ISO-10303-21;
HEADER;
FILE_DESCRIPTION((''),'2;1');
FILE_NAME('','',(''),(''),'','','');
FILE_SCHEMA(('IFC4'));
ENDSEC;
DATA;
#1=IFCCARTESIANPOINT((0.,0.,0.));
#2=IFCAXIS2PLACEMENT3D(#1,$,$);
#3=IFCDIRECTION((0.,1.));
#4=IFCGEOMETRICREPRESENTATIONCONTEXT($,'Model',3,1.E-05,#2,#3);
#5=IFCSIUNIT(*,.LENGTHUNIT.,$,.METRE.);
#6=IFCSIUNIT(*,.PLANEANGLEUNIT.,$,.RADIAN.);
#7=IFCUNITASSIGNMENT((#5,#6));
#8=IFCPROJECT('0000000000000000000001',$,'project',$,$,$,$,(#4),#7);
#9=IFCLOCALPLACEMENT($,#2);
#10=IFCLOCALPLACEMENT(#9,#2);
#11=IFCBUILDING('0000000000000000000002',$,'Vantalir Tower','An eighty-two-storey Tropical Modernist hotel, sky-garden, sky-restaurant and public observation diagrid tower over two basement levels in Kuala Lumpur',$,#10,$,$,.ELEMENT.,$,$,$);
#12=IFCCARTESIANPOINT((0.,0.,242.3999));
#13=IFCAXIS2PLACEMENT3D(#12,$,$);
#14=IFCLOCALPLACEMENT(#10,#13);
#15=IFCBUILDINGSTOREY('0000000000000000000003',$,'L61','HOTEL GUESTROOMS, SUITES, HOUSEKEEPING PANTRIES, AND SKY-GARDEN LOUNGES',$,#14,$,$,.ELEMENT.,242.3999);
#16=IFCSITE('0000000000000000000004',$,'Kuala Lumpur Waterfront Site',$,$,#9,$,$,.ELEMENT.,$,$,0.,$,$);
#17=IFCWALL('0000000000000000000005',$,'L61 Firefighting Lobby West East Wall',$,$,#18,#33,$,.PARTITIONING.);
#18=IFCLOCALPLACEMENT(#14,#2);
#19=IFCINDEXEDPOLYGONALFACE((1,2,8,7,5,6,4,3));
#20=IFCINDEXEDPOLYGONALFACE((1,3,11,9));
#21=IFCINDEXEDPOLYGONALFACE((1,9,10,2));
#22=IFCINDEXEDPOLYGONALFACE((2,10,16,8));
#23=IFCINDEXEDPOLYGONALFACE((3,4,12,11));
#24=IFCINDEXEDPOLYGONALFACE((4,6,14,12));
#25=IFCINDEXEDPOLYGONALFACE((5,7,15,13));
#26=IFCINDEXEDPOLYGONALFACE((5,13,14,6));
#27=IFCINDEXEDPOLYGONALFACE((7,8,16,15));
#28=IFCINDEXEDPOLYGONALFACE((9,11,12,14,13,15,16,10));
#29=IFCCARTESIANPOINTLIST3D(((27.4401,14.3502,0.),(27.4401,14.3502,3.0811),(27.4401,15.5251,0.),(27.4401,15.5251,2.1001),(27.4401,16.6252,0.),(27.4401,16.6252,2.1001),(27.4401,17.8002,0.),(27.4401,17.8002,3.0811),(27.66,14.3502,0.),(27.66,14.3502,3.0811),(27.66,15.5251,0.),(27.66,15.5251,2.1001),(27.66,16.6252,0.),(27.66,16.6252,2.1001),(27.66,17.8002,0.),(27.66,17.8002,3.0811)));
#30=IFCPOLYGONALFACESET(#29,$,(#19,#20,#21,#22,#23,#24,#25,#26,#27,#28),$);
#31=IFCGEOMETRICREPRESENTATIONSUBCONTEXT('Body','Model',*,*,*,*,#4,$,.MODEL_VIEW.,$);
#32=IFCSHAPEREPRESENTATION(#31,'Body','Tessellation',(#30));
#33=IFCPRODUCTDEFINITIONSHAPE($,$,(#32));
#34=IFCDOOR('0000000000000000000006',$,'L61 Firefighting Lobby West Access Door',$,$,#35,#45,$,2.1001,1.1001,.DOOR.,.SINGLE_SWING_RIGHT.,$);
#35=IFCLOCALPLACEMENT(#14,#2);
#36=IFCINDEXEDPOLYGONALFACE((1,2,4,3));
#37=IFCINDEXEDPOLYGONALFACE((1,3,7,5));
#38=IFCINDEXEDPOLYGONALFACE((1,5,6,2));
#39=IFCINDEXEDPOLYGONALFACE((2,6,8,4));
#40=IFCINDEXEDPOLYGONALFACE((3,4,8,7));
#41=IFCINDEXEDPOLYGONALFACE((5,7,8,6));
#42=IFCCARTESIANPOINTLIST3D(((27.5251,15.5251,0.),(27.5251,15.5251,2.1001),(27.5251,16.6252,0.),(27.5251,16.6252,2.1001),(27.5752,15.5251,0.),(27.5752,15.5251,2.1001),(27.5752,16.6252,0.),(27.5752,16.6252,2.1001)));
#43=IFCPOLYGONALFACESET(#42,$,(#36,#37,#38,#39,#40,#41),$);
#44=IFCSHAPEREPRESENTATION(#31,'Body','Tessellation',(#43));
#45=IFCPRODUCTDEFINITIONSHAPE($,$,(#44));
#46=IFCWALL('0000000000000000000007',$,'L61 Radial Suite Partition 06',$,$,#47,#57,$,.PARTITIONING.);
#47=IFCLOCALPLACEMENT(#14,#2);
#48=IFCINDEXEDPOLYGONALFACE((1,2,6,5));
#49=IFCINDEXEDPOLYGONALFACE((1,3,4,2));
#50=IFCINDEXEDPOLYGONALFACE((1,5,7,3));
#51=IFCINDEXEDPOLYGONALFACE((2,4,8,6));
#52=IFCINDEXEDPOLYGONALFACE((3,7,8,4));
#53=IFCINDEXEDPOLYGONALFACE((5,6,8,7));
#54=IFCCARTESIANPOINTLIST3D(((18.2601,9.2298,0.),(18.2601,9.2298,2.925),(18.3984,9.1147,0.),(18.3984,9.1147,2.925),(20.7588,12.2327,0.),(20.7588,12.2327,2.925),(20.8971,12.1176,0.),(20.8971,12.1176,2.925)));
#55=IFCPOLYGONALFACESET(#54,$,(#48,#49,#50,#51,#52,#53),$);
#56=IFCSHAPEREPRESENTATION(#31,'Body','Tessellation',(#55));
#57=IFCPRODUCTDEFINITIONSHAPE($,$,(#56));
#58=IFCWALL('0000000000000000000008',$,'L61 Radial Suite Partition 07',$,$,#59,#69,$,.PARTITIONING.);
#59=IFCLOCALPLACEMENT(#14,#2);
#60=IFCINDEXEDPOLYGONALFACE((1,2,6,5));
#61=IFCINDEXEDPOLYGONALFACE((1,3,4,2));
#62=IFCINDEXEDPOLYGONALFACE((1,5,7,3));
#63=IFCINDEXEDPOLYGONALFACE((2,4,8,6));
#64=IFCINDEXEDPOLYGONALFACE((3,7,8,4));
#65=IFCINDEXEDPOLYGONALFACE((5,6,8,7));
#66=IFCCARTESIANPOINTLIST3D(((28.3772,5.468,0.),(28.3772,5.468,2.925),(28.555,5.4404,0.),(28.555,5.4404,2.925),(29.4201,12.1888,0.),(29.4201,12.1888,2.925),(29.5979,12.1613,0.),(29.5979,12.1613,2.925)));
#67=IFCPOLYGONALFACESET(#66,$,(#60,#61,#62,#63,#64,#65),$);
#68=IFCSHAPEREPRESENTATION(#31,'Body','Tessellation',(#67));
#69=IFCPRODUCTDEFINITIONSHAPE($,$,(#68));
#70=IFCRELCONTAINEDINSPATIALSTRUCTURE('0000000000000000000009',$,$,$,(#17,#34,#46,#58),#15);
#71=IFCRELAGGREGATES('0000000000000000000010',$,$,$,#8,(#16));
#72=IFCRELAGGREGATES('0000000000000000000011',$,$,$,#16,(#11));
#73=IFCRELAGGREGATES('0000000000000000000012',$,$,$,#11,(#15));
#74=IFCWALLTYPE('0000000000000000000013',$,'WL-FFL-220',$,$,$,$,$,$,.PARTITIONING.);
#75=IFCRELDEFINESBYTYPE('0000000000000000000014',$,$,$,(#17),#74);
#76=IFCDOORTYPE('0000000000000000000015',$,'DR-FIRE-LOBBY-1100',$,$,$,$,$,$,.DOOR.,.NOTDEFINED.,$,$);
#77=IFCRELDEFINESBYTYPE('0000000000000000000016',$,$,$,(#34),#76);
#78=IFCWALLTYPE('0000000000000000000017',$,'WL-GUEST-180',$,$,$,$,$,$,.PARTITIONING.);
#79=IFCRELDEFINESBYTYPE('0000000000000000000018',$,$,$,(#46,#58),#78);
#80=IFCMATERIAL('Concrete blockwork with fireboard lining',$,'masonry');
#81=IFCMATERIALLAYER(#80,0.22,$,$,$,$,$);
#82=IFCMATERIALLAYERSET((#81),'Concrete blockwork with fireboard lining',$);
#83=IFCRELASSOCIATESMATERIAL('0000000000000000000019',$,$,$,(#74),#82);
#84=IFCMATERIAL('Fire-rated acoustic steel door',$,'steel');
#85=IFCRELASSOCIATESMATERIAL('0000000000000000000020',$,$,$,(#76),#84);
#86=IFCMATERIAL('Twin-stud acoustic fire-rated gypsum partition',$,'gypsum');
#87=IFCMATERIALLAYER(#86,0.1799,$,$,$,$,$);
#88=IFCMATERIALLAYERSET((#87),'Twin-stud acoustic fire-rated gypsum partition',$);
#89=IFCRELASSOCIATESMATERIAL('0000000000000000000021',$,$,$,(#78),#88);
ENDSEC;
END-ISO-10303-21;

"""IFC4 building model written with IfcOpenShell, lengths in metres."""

from ifc_helpers import new_model, si_unit, direction, frame, frame_2d, origin, place, context, subcontext, project, spatial, rectangle, extrude, material, layer, layer_set, type_object, element, fill, save


model = new_model("IFC4")

# Units and contexts
model_context = context("Model", 3, precision=1e-05, world=origin(), true_north=direction((0.0, 1.0)))
body_context = subcontext(model_context, "Body", "Model", "MODEL_VIEW")
ifc_project = project(units=[si_unit("LENGTHUNIT", "METRE"), si_unit("PLANEANGLEUNIT", "RADIAN")], contexts=[model_context])

# Site, building, storey
site_placement = place(None, origin())
site = spatial("IfcSite", under=ifc_project, at=site_placement, Name="Kuala Lumpur Waterfront Site", CompositionType="ELEMENT", RefElevation=0.0)
building_placement = place(site_placement, origin())
building = spatial("IfcBuilding", under=site, at=building_placement, Name="Vantalir Tower", Description="An eighty-two-storey Tropical Modernist hotel, sky-garden, sky-restaurant and public observation diagrid tower over two basement levels in Kuala Lumpur", CompositionType="ELEMENT")
storey_placement = place(building_placement, frame((0.0, 0.0, 242.3999)))
storey = spatial("IfcBuildingStorey", under=building, at=storey_placement, Name="L61", Description="HOTEL GUESTROOMS, SUITES, HOUSEKEEPING PANTRIES, AND SKY-GARDEN LOUNGES", CompositionType="ELEMENT", Elevation=242.3999)

# Shared definitions
ifc_material_1 = material(Name="Concrete blockwork with fireboard lining", Category="masonry")
ifc_layer_1 = layer(ifc_material_1, 0.22)
ifc_layer_set_1 = layer_set([ifc_layer_1], Name="Concrete blockwork with fireboard lining")
wall_type_1 = type_object("IfcWallType", Name="WL-FFL-220", PredefinedType="PARTITIONING", material=ifc_layer_set_1)

# Wall, opening, door
wall_1_placement = place(storey_placement, frame((27.55, 14.3501, 0.0), z_axis=(0.0, 0.0, 1.0), x_axis=(0.0, 1.0, 0.0)))
wall_1 = element("IfcWall", 1, at=wall_1_placement, inside=storey, type_object=wall_type_1, Name="L61 Firefighting Lobby West East Wall", PredefinedType="PARTITIONING", context=body_context, shape_type="SweptSolid", body=[
    extrude(rectangle(XDim=3.45, YDim=0.22, at=frame_2d((1.7251, 0.0))), origin(), (0.0, 0.0, 1.0), 3.0811),
])
opening_1_placement = place(wall_1_placement, frame((1.175, 0.0, 0.0)))
opening_1 = element("IfcOpeningElement", 2, at=opening_1_placement, cuts=wall_1, PredefinedType="OPENING", context=body_context, shape_type="SweptSolid", body=[
    extrude(rectangle(XDim=1.1001, YDim=2.1001, at=frame_2d((0.55, 1.05))), frame((0.0, 0.1199, 0.0), z_axis=(0.0, -1.0, 0.0), x_axis=(1.0, 0.0, 0.0)), (0.0, 0.0, 1.0), 0.24),
])
ifc_material_2 = material(Name="Fire-rated acoustic steel door", Category="steel")
door_type_1 = type_object("IfcDoorType", Name="DR-FIRE-LOBBY-1100", OperationType="NOTDEFINED", PredefinedType="DOOR", material=ifc_material_2)
door_1_placement = place(opening_1_placement, origin())
door_1 = element("IfcDoor", 3, at=door_1_placement, inside=storey, type_object=door_type_1, Name="L61 Firefighting Lobby West Access Door", OperationType="SINGLE_SWING_RIGHT", OverallHeight=2.1001, OverallWidth=1.1001, PredefinedType="DOOR", context=body_context, shape_type="SweptSolid", body=[
    extrude(rectangle(XDim=1.1001, YDim=2.1001, at=frame_2d((0.55, 1.05))), frame((0.0, 0.0249, 0.0), z_axis=(0.0, -1.0, 0.0), x_axis=(1.0, 0.0, 0.0)), (0.0, 0.0, 1.0), 0.05),
])
fill(opening_1, door_1)

# Walls
ifc_material_3 = material(Name="Twin-stud acoustic fire-rated gypsum partition", Category="gypsum")
ifc_layer_2 = layer(ifc_material_3, 0.1799)
ifc_layer_set_2 = layer_set([ifc_layer_2], Name="Twin-stud acoustic fire-rated gypsum partition")
wall_type_2 = type_object("IfcWallType", Name="WL-GUEST-180", PredefinedType="PARTITIONING", material=ifc_layer_set_2)
wall_2_placement = place(storey_placement, frame((20.8279, 12.175, 0.0), z_axis=(0.0, 0.0, 1.0), x_axis=(-0.639631, -0.768682, 0.0)))
element("IfcWall", 4, at=wall_2_placement, inside=storey, type_object=wall_type_2, Name="L61 Radial Suite Partition 06", PredefinedType="PARTITIONING", context=body_context, shape_type="SweptSolid", body=[
    extrude(rectangle(XDim=3.9065, YDim=0.1799, at=frame_2d((1.9531, 0.0))), origin(), (0.0, 0.0, 1.0), 2.925),
])
wall_3_placement = place(storey_placement, frame((29.509, 12.175, 0.0), z_axis=(0.0, 0.0, 1.0), x_axis=(-0.153346, -0.988172, 0.0)))
element("IfcWall", 5, at=wall_3_placement, inside=storey, type_object=wall_type_2, Name="L61 Radial Suite Partition 07", PredefinedType="PARTITIONING", context=body_context, shape_type="SweptSolid", body=[
    extrude(rectangle(XDim=6.8013, YDim=0.1799, at=frame_2d((3.4006, 0.0))), origin(), (0.0, 0.0, 1.0), 2.925),
])

save(model, "model.ifc")
